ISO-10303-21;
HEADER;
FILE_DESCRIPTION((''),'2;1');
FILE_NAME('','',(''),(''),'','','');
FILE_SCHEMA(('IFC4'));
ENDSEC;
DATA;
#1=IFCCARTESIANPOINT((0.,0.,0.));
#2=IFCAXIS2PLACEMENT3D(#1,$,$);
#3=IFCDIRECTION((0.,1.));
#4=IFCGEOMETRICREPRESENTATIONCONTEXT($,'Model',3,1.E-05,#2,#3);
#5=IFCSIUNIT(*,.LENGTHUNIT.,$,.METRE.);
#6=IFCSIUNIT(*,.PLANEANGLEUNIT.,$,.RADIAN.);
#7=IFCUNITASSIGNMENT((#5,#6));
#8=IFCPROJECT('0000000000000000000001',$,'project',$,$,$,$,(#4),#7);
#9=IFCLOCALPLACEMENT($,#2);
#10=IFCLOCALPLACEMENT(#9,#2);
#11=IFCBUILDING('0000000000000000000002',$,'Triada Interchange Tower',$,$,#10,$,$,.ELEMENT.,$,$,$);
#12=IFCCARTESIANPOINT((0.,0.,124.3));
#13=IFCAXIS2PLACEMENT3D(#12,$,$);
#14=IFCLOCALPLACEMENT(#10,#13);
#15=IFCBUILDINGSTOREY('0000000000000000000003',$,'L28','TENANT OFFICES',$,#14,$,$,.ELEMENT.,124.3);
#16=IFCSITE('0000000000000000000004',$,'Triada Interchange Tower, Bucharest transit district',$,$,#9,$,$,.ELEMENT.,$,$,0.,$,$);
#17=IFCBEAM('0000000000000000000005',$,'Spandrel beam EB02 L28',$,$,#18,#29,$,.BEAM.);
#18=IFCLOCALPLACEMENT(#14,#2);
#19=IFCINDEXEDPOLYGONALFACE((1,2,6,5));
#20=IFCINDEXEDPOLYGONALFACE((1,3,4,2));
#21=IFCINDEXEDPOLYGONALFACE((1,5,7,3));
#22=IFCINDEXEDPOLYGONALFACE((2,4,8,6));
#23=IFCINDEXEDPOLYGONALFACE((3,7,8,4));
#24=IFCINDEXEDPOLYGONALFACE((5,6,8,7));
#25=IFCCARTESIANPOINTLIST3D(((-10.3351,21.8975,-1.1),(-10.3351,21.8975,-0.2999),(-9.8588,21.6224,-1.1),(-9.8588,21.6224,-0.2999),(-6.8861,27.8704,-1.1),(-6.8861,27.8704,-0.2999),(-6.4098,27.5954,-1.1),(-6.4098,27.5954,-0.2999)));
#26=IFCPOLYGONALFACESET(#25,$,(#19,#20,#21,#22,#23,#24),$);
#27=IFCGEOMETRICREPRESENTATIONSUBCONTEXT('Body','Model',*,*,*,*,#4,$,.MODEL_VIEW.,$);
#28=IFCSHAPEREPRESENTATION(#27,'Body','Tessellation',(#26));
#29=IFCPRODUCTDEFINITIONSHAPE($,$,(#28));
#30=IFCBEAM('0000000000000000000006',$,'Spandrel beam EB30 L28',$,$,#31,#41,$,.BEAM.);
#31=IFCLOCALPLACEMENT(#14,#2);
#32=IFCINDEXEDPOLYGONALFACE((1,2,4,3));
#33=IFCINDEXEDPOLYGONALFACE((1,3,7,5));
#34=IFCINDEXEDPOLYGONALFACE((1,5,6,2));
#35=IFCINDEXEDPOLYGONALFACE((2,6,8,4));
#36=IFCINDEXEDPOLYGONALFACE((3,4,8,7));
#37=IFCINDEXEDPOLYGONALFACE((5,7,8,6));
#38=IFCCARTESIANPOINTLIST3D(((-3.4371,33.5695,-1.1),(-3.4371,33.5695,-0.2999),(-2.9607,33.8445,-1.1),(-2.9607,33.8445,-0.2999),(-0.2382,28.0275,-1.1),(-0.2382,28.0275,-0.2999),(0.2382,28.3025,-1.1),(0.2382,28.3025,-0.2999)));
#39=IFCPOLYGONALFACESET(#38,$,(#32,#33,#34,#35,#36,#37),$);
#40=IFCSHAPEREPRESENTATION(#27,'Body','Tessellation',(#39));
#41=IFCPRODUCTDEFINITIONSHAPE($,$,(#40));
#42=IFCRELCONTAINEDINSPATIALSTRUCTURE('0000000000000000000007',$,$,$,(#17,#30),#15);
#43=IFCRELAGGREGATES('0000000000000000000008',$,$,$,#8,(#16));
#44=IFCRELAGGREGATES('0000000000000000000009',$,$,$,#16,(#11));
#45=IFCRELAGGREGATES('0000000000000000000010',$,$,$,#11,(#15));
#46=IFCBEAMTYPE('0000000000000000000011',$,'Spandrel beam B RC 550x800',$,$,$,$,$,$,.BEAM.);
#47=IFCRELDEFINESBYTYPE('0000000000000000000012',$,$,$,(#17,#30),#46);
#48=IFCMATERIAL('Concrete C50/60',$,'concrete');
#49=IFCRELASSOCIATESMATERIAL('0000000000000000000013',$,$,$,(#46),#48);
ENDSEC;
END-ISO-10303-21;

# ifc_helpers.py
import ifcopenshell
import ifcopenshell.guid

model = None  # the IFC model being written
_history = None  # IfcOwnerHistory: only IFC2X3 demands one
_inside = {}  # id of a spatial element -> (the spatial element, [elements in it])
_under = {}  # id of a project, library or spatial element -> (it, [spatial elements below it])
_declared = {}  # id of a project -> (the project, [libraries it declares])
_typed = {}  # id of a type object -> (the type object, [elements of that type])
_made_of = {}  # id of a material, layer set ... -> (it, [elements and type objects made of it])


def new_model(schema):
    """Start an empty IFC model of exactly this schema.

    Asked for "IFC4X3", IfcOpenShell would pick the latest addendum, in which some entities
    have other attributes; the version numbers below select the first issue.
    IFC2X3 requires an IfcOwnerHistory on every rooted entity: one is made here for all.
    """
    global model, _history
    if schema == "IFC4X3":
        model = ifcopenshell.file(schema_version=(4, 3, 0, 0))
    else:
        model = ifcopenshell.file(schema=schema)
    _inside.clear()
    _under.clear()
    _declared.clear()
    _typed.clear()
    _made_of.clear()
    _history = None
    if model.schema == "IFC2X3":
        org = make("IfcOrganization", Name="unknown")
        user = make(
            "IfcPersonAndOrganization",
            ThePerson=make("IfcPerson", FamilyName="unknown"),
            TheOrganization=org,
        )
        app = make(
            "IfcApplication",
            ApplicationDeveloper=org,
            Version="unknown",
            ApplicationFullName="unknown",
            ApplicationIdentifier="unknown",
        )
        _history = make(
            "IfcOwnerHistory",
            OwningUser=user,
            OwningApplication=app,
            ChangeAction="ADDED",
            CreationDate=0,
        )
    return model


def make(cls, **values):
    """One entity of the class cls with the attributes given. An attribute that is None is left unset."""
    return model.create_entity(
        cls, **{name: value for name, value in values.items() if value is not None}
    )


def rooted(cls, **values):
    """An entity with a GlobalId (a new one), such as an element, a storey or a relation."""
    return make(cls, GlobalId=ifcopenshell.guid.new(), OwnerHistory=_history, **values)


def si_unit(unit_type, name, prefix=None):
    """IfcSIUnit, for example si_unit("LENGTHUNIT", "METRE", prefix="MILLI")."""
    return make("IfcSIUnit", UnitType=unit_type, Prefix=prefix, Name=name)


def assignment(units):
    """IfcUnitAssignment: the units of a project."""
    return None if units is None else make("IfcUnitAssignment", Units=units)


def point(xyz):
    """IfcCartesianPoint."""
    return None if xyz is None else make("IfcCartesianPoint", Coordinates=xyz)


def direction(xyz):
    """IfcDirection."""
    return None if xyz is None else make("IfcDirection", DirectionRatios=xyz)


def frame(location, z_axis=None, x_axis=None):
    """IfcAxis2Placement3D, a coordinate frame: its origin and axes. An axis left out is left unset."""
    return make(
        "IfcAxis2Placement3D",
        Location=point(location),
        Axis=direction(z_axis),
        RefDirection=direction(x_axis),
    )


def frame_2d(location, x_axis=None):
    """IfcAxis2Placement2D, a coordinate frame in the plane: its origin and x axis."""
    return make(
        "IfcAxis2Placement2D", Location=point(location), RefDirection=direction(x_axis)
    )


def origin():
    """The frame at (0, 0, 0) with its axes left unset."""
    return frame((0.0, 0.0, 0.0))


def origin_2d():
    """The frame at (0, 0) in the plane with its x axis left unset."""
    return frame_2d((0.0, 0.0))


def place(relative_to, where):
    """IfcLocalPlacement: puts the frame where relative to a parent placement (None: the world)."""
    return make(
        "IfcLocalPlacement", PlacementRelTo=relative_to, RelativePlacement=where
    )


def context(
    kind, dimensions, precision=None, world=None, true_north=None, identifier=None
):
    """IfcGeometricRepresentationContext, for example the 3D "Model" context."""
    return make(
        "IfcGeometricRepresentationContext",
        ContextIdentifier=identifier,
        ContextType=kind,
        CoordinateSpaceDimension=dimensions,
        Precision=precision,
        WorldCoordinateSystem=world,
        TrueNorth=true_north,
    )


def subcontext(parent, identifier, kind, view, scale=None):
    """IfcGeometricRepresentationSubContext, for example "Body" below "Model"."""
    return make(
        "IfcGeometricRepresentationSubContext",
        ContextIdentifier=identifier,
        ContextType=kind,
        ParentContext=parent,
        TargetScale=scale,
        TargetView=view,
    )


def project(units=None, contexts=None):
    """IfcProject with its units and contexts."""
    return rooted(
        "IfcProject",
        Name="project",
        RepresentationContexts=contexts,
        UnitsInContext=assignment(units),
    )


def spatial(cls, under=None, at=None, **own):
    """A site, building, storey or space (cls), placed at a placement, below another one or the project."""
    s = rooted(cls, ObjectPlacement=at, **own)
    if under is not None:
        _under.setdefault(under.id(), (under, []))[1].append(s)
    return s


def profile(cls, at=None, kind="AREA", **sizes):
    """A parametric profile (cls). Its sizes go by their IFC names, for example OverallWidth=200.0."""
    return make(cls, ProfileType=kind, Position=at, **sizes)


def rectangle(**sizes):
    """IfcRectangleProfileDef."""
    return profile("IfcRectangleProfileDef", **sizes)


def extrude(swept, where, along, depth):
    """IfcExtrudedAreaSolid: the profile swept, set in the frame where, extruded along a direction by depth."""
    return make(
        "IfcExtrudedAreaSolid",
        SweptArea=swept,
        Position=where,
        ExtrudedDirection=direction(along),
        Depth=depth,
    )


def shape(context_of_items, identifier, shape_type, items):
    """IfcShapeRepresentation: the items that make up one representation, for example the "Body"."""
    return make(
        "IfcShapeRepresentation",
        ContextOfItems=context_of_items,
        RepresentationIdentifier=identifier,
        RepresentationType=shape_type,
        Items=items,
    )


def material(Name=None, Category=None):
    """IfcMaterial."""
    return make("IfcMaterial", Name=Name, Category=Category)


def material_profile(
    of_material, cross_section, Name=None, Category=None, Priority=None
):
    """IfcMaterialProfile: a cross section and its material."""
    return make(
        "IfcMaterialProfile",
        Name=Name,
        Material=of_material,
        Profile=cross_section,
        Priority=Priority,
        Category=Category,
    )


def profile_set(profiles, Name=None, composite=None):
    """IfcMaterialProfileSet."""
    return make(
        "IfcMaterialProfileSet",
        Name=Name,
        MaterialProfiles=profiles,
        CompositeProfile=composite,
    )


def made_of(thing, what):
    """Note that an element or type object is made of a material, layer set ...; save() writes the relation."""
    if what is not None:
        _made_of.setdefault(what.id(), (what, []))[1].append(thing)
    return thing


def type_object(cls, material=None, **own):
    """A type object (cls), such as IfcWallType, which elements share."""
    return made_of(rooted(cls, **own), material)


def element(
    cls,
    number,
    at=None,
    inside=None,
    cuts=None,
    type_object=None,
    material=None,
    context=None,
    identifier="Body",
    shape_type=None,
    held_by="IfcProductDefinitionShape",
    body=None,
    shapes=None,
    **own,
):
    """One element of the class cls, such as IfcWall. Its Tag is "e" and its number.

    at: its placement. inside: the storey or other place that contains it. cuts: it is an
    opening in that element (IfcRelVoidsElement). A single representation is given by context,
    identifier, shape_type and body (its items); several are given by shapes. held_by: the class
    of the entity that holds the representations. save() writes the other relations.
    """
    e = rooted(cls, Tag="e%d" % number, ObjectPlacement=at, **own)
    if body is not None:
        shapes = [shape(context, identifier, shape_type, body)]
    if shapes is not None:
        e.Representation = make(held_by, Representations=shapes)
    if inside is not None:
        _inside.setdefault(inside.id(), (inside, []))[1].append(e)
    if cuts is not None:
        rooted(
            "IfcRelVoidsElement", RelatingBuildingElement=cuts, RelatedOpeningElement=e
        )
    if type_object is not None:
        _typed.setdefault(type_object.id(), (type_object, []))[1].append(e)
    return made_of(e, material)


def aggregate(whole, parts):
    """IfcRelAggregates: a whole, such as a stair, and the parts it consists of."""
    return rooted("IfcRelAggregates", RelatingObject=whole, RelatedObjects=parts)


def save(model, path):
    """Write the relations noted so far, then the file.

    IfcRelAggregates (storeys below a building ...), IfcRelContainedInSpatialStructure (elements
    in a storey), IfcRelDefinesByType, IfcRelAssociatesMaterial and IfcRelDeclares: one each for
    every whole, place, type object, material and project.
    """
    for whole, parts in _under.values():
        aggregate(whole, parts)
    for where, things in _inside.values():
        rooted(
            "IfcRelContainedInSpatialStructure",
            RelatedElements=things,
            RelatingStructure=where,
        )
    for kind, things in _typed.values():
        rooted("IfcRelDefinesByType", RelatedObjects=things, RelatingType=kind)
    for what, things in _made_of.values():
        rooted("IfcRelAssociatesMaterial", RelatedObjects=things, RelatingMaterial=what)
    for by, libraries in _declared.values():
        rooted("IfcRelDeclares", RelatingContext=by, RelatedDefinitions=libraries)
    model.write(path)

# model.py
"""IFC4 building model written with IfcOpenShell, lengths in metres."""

from ifc_helpers import new_model, si_unit, direction, frame, origin, origin_2d, place, context, subcontext, project, spatial, rectangle, extrude, material, material_profile, profile_set, type_object, element, save


model = new_model("IFC4")

# Units and contexts
model_context = context("Model", 3, precision=1e-05, world=origin(), true_north=direction((0.0, 1.0)))
body_context = subcontext(model_context, "Body", "Model", "MODEL_VIEW")
ifc_project = project(units=[si_unit("LENGTHUNIT", "METRE"), si_unit("PLANEANGLEUNIT", "RADIAN")], contexts=[model_context])

# Site, building, storey
site_placement = place(None, origin())
site = spatial("IfcSite", under=ifc_project, at=site_placement, Name="Triada Interchange Tower, Bucharest transit district", CompositionType="ELEMENT", RefElevation=0.0)
building_placement = place(site_placement, origin())
building = spatial("IfcBuilding", under=site, at=building_placement, Name="Triada Interchange Tower", CompositionType="ELEMENT")
storey_placement = place(building_placement, frame((0.0, 0.0, 124.3)))
storey = spatial("IfcBuildingStorey", under=building, at=storey_placement, Name="L28", Description="TENANT OFFICES", CompositionType="ELEMENT", Elevation=124.3)

# Beams
ifc_material_1 = material(Name="Concrete C50/60", Category="concrete")
ifc_material_profile_1 = material_profile(ifc_material_1, rectangle(XDim=0.55, YDim=0.8, at=origin_2d()), Name="RC 550x800")
ifc_profile_set_1 = profile_set([ifc_material_profile_1], Name="Concrete C50/60")
beam_type_1 = type_object("IfcBeamType", Name="Spandrel beam B RC 550x800", PredefinedType="BEAM", material=ifc_profile_set_1)
beam_1_placement = place(storey_placement, frame((-6.6479, 27.7329, -0.7), z_axis=(-0.500056, -0.865993, 0.0), x_axis=(0.865993, -0.500056, 0.0)))
element("IfcBeam", 1, at=beam_1_placement, inside=storey, type_object=beam_type_1, Name="Spandrel beam EB02 L28", PredefinedType="BEAM", context=body_context, shape_type="SweptSolid", body=[
    extrude(rectangle(XDim=0.55, YDim=0.8, at=origin_2d()), origin(), (0.0, 0.0, 1.0), 6.8972),
])
beam_2_placement = place(storey_placement, frame((0.0, 28.165, -0.7), z_axis=(-0.499918, 0.866073, 0.0), x_axis=(-0.866073, -0.499918, 0.0)))
element("IfcBeam", 2, at=beam_2_placement, inside=storey, type_object=beam_type_1, Name="Spandrel beam EB30 L28", PredefinedType="BEAM", context=body_context, shape_type="SweptSolid", body=[
    extrude(rectangle(XDim=0.55, YDim=0.8, at=origin_2d()), origin(), (0.0, 0.0, 1.0), 6.3989),
])

save(model, "model.ifc")
